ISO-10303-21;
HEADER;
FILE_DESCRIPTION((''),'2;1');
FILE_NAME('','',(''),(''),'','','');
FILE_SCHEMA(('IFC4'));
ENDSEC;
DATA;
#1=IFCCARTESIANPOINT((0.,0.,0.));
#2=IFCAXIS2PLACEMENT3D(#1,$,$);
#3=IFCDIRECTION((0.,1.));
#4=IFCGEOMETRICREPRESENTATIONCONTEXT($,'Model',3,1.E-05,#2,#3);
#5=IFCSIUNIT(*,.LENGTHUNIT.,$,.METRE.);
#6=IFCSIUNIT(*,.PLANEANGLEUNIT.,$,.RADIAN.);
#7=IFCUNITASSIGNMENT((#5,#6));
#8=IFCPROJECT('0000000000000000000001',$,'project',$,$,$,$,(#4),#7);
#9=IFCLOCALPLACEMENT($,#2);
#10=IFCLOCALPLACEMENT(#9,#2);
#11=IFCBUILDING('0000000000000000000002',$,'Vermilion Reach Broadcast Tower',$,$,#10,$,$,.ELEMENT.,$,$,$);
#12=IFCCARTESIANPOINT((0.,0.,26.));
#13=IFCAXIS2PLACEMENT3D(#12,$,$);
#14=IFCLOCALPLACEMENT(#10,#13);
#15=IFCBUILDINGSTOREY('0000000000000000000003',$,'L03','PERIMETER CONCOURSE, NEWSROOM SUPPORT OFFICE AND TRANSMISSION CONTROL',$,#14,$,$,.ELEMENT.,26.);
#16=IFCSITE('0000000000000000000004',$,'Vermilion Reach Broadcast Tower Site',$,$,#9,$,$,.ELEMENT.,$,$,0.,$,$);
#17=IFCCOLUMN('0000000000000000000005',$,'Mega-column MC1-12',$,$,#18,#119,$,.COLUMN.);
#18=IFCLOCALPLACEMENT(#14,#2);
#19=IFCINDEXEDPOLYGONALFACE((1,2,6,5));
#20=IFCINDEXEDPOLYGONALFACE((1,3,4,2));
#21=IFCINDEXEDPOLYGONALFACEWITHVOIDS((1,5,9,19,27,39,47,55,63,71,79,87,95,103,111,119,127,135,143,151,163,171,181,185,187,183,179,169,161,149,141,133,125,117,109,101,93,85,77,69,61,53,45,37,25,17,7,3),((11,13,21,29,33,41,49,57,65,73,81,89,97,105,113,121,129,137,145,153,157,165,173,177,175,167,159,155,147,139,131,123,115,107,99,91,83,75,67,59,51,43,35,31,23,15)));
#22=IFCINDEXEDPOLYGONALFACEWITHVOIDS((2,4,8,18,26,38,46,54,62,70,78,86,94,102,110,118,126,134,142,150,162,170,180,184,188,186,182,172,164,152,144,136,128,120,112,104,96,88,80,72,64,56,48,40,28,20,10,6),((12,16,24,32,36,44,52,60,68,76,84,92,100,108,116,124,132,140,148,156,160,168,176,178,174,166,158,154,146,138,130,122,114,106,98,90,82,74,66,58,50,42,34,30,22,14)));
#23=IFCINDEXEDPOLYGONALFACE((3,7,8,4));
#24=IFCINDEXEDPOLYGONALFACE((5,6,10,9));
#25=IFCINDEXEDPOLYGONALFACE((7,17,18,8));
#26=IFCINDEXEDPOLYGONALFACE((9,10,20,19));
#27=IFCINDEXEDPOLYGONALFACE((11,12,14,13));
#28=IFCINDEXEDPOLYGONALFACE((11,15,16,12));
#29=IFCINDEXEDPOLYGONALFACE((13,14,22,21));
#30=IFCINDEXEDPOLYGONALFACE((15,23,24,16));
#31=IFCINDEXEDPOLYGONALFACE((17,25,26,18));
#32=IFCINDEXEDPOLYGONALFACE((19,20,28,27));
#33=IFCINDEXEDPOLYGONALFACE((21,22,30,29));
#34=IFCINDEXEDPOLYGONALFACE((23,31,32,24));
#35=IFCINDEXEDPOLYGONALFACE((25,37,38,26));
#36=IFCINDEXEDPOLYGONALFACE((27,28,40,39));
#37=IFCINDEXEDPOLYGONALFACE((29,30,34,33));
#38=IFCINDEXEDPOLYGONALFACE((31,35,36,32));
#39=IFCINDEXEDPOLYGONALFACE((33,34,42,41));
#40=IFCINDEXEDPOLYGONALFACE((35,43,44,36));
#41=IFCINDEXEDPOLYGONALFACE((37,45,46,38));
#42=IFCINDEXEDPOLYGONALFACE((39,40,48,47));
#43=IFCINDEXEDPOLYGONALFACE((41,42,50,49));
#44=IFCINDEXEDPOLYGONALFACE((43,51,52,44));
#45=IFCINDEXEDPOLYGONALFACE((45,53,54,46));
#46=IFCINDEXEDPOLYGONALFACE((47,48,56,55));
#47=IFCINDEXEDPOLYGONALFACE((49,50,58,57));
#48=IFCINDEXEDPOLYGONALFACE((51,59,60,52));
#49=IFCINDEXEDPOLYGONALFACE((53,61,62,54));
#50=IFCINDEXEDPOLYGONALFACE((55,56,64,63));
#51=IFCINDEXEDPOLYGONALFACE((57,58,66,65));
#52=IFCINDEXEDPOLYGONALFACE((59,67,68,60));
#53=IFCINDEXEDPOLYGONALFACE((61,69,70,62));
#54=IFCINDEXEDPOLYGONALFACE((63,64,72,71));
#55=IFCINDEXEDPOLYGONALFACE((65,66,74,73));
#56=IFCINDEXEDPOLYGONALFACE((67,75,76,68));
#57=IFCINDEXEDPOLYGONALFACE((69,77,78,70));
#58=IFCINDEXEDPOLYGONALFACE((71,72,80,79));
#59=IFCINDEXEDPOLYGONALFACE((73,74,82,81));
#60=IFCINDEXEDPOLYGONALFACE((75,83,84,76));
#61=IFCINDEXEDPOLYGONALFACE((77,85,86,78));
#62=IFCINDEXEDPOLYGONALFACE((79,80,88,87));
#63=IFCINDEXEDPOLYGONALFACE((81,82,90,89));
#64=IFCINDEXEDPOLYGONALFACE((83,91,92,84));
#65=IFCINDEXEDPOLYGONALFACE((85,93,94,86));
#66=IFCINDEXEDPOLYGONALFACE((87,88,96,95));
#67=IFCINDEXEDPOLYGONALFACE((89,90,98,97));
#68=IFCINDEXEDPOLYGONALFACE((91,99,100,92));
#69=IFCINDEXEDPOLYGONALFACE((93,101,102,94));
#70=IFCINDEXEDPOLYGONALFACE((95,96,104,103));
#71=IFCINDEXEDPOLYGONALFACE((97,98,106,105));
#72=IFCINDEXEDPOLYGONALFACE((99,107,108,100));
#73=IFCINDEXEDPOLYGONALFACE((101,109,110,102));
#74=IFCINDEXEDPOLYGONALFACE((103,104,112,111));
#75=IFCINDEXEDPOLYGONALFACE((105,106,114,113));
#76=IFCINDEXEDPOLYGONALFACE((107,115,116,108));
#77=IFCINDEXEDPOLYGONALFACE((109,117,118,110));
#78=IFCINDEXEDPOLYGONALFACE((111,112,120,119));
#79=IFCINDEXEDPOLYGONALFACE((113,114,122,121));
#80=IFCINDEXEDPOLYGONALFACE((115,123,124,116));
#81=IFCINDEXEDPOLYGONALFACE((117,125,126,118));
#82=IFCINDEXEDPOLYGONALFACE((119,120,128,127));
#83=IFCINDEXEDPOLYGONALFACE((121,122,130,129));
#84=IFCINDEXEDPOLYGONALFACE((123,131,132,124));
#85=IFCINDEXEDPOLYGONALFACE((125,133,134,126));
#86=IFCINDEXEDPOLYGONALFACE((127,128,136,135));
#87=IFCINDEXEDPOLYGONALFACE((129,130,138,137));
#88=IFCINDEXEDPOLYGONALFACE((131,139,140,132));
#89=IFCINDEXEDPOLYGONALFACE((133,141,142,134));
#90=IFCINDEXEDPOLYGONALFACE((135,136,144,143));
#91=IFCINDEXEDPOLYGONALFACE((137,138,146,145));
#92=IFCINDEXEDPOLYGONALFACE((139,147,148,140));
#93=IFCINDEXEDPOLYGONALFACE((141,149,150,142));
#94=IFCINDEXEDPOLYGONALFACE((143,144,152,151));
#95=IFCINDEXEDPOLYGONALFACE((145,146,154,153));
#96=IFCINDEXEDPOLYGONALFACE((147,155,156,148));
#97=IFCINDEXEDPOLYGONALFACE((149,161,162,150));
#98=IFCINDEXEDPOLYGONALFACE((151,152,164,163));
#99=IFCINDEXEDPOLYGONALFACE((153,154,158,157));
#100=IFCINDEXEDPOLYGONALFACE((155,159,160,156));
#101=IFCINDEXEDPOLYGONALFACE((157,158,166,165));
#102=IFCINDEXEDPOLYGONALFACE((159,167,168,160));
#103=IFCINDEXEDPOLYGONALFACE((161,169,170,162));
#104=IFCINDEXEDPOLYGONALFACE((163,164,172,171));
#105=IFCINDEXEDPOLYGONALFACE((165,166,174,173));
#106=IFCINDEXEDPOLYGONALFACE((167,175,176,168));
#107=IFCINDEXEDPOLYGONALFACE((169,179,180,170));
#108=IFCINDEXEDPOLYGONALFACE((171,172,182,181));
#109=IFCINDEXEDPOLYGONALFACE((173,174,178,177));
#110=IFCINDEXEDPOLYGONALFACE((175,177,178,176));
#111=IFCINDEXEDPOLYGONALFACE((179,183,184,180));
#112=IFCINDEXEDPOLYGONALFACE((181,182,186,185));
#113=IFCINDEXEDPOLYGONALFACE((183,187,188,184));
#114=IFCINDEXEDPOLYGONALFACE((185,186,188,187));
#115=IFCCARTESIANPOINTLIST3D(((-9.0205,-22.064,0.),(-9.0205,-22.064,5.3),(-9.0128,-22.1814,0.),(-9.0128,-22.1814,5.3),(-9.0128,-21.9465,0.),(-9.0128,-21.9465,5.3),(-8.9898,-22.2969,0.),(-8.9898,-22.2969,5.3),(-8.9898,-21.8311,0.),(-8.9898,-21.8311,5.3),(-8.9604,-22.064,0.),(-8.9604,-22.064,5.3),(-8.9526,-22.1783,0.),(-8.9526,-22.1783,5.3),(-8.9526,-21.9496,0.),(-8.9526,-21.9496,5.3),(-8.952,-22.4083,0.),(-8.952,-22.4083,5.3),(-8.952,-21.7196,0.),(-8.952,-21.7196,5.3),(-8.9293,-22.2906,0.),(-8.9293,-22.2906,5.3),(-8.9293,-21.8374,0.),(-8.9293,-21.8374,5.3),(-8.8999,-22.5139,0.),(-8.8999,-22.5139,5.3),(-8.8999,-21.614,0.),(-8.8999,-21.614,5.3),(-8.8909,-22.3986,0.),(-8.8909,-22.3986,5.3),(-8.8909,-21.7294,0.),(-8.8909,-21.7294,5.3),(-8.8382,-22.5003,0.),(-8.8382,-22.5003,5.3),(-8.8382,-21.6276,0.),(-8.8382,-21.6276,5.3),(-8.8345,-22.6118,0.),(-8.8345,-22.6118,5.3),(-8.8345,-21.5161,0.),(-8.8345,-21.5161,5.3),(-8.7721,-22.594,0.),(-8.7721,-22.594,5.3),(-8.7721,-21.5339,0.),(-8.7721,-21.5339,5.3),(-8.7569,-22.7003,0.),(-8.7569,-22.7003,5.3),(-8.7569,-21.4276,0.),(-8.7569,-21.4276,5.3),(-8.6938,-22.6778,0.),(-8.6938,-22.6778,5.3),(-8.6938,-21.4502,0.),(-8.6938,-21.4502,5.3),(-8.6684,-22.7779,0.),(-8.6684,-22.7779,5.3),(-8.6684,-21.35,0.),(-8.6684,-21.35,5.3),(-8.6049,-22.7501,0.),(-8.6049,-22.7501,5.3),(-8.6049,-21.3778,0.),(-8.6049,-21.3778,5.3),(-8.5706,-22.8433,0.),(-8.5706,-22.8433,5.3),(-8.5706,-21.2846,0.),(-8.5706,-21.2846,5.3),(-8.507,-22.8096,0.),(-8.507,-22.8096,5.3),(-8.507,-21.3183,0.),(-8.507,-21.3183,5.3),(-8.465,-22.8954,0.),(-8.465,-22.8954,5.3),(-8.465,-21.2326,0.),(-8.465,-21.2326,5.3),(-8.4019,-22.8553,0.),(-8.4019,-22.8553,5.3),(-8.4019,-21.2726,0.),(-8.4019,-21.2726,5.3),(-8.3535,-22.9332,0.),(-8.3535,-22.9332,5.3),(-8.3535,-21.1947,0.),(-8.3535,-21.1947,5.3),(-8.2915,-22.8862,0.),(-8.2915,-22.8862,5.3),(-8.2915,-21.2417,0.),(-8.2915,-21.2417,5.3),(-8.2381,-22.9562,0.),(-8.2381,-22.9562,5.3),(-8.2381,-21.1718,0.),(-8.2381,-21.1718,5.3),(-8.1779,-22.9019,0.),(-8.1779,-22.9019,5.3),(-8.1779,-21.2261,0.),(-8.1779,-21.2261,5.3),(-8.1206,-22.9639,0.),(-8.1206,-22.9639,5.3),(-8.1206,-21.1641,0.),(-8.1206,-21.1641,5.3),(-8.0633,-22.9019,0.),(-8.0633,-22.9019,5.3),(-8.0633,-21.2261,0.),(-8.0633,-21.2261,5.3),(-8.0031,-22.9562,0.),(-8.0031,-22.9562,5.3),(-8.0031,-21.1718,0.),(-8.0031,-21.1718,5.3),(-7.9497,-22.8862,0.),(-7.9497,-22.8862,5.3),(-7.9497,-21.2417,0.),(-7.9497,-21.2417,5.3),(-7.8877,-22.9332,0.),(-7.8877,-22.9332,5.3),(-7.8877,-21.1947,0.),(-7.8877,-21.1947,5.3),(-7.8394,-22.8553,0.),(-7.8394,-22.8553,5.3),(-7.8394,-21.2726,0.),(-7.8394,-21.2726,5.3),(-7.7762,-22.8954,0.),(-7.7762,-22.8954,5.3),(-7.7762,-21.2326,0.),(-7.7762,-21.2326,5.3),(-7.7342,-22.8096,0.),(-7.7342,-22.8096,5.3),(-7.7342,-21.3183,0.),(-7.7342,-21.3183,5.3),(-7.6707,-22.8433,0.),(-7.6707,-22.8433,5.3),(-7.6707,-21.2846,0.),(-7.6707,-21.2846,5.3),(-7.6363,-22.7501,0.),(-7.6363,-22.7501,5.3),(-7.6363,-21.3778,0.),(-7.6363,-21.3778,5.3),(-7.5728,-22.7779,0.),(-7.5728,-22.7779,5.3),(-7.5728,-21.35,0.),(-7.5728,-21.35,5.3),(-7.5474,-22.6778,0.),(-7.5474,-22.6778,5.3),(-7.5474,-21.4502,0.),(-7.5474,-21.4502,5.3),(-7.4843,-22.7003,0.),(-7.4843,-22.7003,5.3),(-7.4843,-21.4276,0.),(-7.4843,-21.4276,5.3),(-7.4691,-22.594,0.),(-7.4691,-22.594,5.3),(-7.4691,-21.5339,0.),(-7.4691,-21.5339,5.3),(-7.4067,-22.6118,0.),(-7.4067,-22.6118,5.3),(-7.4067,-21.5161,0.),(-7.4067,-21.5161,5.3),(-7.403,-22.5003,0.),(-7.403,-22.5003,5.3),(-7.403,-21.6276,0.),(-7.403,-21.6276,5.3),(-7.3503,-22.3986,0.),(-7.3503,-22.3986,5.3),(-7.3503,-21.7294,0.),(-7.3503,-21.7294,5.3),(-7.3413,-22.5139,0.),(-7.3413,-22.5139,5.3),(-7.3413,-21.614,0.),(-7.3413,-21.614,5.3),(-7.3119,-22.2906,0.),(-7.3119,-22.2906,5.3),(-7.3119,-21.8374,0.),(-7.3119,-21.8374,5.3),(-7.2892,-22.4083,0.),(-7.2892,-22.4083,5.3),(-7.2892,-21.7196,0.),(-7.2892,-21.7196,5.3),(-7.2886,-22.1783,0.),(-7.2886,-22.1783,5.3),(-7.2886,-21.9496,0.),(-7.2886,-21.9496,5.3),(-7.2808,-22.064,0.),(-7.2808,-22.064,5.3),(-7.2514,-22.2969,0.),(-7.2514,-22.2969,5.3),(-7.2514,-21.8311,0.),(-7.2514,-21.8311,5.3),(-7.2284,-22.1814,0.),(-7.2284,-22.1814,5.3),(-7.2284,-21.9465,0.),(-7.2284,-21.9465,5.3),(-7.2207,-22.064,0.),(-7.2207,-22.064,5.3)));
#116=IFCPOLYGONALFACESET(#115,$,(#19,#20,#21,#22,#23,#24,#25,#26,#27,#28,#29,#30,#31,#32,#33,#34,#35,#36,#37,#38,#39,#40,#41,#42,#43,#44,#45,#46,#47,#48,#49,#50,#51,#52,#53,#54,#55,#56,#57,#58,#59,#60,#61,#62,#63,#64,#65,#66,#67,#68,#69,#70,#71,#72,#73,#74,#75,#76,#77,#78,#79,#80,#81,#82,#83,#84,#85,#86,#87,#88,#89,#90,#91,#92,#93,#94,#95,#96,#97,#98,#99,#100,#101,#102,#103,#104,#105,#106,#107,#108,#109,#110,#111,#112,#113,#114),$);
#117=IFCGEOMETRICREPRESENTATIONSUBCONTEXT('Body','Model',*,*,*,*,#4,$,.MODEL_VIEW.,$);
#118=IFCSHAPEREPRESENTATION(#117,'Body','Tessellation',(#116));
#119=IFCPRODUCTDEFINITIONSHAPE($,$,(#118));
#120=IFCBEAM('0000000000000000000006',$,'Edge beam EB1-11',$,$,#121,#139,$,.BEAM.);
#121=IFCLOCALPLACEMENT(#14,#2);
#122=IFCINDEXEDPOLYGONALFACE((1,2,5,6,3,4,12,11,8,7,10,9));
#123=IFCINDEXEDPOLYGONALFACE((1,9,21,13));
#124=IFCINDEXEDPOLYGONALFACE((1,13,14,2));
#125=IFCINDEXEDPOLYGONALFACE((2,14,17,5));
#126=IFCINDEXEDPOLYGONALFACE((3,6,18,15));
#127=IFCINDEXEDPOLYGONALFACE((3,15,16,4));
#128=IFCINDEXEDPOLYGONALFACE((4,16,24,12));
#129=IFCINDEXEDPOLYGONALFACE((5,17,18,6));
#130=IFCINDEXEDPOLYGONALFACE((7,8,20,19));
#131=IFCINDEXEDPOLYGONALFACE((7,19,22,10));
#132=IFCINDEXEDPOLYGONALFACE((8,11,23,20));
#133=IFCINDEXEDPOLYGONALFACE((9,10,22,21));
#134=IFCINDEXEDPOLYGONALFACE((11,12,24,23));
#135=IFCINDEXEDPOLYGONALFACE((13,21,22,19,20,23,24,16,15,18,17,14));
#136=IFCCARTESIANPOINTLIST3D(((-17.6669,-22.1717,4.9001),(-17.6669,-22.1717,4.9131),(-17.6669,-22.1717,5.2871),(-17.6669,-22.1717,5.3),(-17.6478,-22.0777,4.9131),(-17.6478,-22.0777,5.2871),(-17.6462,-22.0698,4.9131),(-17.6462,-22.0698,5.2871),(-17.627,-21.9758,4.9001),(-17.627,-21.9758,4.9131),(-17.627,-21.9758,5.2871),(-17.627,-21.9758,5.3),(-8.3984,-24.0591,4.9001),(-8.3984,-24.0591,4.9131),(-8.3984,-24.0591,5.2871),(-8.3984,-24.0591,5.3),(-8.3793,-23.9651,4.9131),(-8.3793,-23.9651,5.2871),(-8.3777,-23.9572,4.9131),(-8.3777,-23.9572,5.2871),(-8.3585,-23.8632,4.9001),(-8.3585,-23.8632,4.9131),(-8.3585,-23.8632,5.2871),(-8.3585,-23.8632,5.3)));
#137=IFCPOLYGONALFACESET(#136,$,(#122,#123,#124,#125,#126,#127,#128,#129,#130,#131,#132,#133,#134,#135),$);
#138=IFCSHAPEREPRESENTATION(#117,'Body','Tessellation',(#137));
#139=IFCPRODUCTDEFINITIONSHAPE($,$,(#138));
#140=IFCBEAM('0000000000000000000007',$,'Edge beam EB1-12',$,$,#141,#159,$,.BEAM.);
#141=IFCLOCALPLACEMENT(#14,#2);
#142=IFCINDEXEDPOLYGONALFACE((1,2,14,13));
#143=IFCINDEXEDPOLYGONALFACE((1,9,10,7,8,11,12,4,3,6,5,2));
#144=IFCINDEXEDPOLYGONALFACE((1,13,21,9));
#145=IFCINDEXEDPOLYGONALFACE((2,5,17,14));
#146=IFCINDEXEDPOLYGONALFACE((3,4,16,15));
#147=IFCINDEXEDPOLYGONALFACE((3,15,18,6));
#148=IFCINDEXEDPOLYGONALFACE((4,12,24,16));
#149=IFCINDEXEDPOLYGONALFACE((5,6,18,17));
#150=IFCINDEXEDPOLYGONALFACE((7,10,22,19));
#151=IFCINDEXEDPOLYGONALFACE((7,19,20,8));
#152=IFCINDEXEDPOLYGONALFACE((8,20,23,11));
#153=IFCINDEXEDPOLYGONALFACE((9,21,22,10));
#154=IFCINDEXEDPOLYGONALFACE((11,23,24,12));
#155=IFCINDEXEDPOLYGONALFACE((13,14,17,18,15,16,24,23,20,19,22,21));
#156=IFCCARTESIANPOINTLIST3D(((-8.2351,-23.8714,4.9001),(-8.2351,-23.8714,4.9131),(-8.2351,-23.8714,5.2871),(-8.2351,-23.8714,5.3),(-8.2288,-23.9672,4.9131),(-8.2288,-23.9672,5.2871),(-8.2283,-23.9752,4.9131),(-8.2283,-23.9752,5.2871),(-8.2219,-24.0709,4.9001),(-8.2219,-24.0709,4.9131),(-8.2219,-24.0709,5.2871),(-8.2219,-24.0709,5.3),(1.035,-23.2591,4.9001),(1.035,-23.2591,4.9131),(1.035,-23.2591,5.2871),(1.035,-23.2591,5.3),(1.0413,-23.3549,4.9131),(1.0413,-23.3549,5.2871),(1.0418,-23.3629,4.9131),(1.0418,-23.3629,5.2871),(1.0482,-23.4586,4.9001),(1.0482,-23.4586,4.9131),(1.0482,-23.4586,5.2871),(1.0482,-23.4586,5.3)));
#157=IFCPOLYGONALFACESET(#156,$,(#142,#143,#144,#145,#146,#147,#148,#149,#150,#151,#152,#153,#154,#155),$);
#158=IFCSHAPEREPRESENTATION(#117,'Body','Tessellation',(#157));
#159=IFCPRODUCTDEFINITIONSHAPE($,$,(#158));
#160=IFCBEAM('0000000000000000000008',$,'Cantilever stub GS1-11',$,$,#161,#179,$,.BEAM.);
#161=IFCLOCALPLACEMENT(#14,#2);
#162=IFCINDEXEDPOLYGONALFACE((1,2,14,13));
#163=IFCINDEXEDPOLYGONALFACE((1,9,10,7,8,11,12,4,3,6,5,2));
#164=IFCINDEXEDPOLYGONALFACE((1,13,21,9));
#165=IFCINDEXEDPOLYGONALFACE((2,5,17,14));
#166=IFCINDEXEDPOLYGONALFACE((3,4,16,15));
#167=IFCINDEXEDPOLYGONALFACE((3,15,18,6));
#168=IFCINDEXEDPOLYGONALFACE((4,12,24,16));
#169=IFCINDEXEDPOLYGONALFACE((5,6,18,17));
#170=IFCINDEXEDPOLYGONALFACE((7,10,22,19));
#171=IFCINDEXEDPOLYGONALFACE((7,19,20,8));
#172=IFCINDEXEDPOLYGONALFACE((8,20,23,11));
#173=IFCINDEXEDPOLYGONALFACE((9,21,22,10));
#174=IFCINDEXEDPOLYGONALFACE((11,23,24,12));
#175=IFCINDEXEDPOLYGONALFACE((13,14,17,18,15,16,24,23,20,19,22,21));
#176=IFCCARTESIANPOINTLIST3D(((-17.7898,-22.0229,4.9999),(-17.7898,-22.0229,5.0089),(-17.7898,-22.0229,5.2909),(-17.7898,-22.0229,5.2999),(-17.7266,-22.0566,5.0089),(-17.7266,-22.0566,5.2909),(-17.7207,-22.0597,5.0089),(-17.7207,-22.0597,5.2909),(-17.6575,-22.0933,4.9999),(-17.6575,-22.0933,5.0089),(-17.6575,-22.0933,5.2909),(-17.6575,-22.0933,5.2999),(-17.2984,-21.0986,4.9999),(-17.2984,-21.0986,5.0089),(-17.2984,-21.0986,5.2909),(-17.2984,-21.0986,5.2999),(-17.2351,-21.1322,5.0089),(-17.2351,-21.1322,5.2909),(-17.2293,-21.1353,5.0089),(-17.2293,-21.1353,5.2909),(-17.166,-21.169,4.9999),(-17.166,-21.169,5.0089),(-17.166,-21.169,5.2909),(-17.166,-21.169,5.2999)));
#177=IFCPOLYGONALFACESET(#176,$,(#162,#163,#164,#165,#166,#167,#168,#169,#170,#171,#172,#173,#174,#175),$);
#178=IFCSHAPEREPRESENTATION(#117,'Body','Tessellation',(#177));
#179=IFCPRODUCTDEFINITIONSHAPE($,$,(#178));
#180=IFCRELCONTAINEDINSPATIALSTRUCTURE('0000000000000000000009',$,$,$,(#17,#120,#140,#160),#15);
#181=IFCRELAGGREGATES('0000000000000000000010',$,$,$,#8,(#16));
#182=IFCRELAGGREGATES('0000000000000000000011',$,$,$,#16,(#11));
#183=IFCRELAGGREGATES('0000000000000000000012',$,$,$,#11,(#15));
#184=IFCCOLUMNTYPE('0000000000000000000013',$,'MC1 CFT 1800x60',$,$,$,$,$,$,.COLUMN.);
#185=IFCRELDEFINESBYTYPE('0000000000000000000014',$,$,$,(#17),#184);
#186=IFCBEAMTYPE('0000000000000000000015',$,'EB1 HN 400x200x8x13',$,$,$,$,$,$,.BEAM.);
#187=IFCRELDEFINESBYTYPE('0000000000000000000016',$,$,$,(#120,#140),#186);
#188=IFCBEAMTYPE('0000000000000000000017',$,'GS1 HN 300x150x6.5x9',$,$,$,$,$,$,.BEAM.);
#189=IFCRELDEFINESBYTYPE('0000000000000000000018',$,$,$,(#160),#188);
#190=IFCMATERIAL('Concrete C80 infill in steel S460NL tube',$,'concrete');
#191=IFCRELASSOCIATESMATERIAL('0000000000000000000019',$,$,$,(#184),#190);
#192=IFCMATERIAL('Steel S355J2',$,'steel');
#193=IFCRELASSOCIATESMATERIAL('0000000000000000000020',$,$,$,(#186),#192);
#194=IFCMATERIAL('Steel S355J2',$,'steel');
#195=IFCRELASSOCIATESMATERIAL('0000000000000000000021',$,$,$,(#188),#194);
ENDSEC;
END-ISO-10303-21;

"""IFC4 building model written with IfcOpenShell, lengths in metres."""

from ifc_helpers import new_model, si_unit, direction, frame, origin, origin_2d, place, context, subcontext, project, spatial, hollow_circle, i_section, extrude, material, material_profile, profile_set, type_object, element, save


model = new_model("IFC4")

# Units and contexts
model_context = context("Model", 3, precision=1e-05, world=origin(), true_north=direction((0.0, 1.0)))
body_context = subcontext(model_context, "Body", "Model", "MODEL_VIEW")
ifc_project = project(units=[si_unit("LENGTHUNIT", "METRE"), si_unit("PLANEANGLEUNIT", "RADIAN")], contexts=[model_context])

# Site, building, storey
site_placement = place(None, origin())
site = spatial("IfcSite", under=ifc_project, at=site_placement, Name="Vermilion Reach Broadcast Tower Site", CompositionType="ELEMENT", RefElevation=0.0)
building_placement = place(site_placement, origin())
building = spatial("IfcBuilding", under=site, at=building_placement, Name="Vermilion Reach Broadcast Tower", CompositionType="ELEMENT")
storey_placement = place(building_placement, frame((0.0, 0.0, 26.0)))
storey = spatial("IfcBuildingStorey", under=building, at=storey_placement, Name="L03", Description="PERIMETER CONCOURSE, NEWSROOM SUPPORT OFFICE AND TRANSMISSION CONTROL", CompositionType="ELEMENT", Elevation=26.0)

# Column
ifc_material_1 = material(Name="Concrete C80 infill in steel S460NL tube", Category="concrete")
ifc_material_profile_1 = material_profile(ifc_material_1, hollow_circle(Radius=0.8999, WallThickness=0.0601, at=origin_2d()), Name="Concrete C80 infill in steel S460NL tube CFT 1800x60")
ifc_profile_set_1 = profile_set([ifc_material_profile_1], Name="Concrete C80 infill in steel S460NL tube")
column_type = type_object("IfcColumnType", Name="MC1 CFT 1800x60", PredefinedType="COLUMN", material=ifc_profile_set_1)
for number, where, z_axis, x_axis, name in (
    (1, (-8.1206, -22.064, 0.0), (0.0, 0.0, 1.0), (1.0, 0.0, 0.0), "Mega-column MC1-12"),
):
    element("IfcColumn", number, at=place(storey_placement, frame(where, z_axis=z_axis, x_axis=x_axis)), inside=storey, type_object=column_type, Name=name, PredefinedType="COLUMN", context=body_context, shape_type="SweptSolid", body=[
        extrude(hollow_circle(Radius=0.8999, WallThickness=0.0601, at=origin_2d()), origin(), (0.0, 0.0, 1.0), 5.3),
    ])

# Beams
ifc_material_2 = material(Name="Steel S355J2", Category="steel")
ifc_material_profile_2 = material_profile(ifc_material_2, i_section(OverallWidth=0.2, OverallDepth=0.3999, WebThickness=0.0081, FlangeThickness=0.0129, at=origin_2d()), Name="S355J2 HN 400x200x8x13")
ifc_profile_set_2 = profile_set([ifc_material_profile_2], Name="Steel S355J2")
beam_type_1 = type_object("IfcBeamType", Name="EB1 HN 400x200x8x13", PredefinedType="BEAM", material=ifc_profile_set_2)
beam_1_placement = place(storey_placement, frame((-17.647, -22.0737, 5.1001), z_axis=(0.979889, -0.199545, 0.0), x_axis=(0.199545, 0.979889, 0.0)))
element("IfcBeam", 2, at=beam_1_placement, inside=storey, type_object=beam_type_1, Name="Edge beam EB1-11", PredefinedType="BEAM", context=body_context, shape_type="SweptSolid", body=[
    extrude(i_section(OverallWidth=0.2, OverallDepth=0.3999, WebThickness=0.0081, FlangeThickness=0.0129, at=origin_2d()), origin(), (0.0, 0.0, 1.0), 9.4587),
])
beam_2_placement = place(storey_placement, frame((-8.2285, -23.9712, 5.1001), z_axis=(0.997826, 0.065909, 0.0), x_axis=(-0.065909, 0.997826, 0.0)))
element("IfcBeam", 3, at=beam_2_placement, inside=storey, type_object=beam_type_1, Name="Edge beam EB1-12", PredefinedType="BEAM", context=body_context, shape_type="SweptSolid", body=[
    extrude(i_section(OverallWidth=0.2, OverallDepth=0.3999, WebThickness=0.0081, FlangeThickness=0.0129, at=origin_2d()), origin(), (0.0, 0.0, 1.0), 9.2903),
])
ifc_material_3 = material(Name="Steel S355J2", Category="steel")
ifc_material_profile_3 = material_profile(ifc_material_3, i_section(OverallWidth=0.1499, OverallDepth=0.3, WebThickness=0.0066, FlangeThickness=0.009, at=origin_2d()), Name="S355J2 HN 300x150x6.5x9")
ifc_profile_set_3 = profile_set([ifc_material_profile_3], Name="Steel S355J2")
beam_type_2 = type_object("IfcBeamType", Name="GS1 HN 300x150x6.5x9", PredefinedType="BEAM", material=ifc_profile_set_3)
beam_3_placement = place(storey_placement, frame((-17.2322, -21.1338, 5.1499), z_axis=(-0.469462, -0.882953, 0.0), x_axis=(0.882953, -0.469462, 0.0)))
element("IfcBeam", 4, at=beam_3_placement, inside=storey, type_object=beam_type_2, Name="Cantilever stub GS1-11", PredefinedType="BEAM", context=body_context, shape_type="SweptSolid", body=[
    extrude(i_section(OverallWidth=0.1499, OverallDepth=0.3, WebThickness=0.0066, FlangeThickness=0.009, at=origin_2d()), origin(), (0.0, 0.0, 1.0), 1.0469),
])

save(model, "model.ifc")
